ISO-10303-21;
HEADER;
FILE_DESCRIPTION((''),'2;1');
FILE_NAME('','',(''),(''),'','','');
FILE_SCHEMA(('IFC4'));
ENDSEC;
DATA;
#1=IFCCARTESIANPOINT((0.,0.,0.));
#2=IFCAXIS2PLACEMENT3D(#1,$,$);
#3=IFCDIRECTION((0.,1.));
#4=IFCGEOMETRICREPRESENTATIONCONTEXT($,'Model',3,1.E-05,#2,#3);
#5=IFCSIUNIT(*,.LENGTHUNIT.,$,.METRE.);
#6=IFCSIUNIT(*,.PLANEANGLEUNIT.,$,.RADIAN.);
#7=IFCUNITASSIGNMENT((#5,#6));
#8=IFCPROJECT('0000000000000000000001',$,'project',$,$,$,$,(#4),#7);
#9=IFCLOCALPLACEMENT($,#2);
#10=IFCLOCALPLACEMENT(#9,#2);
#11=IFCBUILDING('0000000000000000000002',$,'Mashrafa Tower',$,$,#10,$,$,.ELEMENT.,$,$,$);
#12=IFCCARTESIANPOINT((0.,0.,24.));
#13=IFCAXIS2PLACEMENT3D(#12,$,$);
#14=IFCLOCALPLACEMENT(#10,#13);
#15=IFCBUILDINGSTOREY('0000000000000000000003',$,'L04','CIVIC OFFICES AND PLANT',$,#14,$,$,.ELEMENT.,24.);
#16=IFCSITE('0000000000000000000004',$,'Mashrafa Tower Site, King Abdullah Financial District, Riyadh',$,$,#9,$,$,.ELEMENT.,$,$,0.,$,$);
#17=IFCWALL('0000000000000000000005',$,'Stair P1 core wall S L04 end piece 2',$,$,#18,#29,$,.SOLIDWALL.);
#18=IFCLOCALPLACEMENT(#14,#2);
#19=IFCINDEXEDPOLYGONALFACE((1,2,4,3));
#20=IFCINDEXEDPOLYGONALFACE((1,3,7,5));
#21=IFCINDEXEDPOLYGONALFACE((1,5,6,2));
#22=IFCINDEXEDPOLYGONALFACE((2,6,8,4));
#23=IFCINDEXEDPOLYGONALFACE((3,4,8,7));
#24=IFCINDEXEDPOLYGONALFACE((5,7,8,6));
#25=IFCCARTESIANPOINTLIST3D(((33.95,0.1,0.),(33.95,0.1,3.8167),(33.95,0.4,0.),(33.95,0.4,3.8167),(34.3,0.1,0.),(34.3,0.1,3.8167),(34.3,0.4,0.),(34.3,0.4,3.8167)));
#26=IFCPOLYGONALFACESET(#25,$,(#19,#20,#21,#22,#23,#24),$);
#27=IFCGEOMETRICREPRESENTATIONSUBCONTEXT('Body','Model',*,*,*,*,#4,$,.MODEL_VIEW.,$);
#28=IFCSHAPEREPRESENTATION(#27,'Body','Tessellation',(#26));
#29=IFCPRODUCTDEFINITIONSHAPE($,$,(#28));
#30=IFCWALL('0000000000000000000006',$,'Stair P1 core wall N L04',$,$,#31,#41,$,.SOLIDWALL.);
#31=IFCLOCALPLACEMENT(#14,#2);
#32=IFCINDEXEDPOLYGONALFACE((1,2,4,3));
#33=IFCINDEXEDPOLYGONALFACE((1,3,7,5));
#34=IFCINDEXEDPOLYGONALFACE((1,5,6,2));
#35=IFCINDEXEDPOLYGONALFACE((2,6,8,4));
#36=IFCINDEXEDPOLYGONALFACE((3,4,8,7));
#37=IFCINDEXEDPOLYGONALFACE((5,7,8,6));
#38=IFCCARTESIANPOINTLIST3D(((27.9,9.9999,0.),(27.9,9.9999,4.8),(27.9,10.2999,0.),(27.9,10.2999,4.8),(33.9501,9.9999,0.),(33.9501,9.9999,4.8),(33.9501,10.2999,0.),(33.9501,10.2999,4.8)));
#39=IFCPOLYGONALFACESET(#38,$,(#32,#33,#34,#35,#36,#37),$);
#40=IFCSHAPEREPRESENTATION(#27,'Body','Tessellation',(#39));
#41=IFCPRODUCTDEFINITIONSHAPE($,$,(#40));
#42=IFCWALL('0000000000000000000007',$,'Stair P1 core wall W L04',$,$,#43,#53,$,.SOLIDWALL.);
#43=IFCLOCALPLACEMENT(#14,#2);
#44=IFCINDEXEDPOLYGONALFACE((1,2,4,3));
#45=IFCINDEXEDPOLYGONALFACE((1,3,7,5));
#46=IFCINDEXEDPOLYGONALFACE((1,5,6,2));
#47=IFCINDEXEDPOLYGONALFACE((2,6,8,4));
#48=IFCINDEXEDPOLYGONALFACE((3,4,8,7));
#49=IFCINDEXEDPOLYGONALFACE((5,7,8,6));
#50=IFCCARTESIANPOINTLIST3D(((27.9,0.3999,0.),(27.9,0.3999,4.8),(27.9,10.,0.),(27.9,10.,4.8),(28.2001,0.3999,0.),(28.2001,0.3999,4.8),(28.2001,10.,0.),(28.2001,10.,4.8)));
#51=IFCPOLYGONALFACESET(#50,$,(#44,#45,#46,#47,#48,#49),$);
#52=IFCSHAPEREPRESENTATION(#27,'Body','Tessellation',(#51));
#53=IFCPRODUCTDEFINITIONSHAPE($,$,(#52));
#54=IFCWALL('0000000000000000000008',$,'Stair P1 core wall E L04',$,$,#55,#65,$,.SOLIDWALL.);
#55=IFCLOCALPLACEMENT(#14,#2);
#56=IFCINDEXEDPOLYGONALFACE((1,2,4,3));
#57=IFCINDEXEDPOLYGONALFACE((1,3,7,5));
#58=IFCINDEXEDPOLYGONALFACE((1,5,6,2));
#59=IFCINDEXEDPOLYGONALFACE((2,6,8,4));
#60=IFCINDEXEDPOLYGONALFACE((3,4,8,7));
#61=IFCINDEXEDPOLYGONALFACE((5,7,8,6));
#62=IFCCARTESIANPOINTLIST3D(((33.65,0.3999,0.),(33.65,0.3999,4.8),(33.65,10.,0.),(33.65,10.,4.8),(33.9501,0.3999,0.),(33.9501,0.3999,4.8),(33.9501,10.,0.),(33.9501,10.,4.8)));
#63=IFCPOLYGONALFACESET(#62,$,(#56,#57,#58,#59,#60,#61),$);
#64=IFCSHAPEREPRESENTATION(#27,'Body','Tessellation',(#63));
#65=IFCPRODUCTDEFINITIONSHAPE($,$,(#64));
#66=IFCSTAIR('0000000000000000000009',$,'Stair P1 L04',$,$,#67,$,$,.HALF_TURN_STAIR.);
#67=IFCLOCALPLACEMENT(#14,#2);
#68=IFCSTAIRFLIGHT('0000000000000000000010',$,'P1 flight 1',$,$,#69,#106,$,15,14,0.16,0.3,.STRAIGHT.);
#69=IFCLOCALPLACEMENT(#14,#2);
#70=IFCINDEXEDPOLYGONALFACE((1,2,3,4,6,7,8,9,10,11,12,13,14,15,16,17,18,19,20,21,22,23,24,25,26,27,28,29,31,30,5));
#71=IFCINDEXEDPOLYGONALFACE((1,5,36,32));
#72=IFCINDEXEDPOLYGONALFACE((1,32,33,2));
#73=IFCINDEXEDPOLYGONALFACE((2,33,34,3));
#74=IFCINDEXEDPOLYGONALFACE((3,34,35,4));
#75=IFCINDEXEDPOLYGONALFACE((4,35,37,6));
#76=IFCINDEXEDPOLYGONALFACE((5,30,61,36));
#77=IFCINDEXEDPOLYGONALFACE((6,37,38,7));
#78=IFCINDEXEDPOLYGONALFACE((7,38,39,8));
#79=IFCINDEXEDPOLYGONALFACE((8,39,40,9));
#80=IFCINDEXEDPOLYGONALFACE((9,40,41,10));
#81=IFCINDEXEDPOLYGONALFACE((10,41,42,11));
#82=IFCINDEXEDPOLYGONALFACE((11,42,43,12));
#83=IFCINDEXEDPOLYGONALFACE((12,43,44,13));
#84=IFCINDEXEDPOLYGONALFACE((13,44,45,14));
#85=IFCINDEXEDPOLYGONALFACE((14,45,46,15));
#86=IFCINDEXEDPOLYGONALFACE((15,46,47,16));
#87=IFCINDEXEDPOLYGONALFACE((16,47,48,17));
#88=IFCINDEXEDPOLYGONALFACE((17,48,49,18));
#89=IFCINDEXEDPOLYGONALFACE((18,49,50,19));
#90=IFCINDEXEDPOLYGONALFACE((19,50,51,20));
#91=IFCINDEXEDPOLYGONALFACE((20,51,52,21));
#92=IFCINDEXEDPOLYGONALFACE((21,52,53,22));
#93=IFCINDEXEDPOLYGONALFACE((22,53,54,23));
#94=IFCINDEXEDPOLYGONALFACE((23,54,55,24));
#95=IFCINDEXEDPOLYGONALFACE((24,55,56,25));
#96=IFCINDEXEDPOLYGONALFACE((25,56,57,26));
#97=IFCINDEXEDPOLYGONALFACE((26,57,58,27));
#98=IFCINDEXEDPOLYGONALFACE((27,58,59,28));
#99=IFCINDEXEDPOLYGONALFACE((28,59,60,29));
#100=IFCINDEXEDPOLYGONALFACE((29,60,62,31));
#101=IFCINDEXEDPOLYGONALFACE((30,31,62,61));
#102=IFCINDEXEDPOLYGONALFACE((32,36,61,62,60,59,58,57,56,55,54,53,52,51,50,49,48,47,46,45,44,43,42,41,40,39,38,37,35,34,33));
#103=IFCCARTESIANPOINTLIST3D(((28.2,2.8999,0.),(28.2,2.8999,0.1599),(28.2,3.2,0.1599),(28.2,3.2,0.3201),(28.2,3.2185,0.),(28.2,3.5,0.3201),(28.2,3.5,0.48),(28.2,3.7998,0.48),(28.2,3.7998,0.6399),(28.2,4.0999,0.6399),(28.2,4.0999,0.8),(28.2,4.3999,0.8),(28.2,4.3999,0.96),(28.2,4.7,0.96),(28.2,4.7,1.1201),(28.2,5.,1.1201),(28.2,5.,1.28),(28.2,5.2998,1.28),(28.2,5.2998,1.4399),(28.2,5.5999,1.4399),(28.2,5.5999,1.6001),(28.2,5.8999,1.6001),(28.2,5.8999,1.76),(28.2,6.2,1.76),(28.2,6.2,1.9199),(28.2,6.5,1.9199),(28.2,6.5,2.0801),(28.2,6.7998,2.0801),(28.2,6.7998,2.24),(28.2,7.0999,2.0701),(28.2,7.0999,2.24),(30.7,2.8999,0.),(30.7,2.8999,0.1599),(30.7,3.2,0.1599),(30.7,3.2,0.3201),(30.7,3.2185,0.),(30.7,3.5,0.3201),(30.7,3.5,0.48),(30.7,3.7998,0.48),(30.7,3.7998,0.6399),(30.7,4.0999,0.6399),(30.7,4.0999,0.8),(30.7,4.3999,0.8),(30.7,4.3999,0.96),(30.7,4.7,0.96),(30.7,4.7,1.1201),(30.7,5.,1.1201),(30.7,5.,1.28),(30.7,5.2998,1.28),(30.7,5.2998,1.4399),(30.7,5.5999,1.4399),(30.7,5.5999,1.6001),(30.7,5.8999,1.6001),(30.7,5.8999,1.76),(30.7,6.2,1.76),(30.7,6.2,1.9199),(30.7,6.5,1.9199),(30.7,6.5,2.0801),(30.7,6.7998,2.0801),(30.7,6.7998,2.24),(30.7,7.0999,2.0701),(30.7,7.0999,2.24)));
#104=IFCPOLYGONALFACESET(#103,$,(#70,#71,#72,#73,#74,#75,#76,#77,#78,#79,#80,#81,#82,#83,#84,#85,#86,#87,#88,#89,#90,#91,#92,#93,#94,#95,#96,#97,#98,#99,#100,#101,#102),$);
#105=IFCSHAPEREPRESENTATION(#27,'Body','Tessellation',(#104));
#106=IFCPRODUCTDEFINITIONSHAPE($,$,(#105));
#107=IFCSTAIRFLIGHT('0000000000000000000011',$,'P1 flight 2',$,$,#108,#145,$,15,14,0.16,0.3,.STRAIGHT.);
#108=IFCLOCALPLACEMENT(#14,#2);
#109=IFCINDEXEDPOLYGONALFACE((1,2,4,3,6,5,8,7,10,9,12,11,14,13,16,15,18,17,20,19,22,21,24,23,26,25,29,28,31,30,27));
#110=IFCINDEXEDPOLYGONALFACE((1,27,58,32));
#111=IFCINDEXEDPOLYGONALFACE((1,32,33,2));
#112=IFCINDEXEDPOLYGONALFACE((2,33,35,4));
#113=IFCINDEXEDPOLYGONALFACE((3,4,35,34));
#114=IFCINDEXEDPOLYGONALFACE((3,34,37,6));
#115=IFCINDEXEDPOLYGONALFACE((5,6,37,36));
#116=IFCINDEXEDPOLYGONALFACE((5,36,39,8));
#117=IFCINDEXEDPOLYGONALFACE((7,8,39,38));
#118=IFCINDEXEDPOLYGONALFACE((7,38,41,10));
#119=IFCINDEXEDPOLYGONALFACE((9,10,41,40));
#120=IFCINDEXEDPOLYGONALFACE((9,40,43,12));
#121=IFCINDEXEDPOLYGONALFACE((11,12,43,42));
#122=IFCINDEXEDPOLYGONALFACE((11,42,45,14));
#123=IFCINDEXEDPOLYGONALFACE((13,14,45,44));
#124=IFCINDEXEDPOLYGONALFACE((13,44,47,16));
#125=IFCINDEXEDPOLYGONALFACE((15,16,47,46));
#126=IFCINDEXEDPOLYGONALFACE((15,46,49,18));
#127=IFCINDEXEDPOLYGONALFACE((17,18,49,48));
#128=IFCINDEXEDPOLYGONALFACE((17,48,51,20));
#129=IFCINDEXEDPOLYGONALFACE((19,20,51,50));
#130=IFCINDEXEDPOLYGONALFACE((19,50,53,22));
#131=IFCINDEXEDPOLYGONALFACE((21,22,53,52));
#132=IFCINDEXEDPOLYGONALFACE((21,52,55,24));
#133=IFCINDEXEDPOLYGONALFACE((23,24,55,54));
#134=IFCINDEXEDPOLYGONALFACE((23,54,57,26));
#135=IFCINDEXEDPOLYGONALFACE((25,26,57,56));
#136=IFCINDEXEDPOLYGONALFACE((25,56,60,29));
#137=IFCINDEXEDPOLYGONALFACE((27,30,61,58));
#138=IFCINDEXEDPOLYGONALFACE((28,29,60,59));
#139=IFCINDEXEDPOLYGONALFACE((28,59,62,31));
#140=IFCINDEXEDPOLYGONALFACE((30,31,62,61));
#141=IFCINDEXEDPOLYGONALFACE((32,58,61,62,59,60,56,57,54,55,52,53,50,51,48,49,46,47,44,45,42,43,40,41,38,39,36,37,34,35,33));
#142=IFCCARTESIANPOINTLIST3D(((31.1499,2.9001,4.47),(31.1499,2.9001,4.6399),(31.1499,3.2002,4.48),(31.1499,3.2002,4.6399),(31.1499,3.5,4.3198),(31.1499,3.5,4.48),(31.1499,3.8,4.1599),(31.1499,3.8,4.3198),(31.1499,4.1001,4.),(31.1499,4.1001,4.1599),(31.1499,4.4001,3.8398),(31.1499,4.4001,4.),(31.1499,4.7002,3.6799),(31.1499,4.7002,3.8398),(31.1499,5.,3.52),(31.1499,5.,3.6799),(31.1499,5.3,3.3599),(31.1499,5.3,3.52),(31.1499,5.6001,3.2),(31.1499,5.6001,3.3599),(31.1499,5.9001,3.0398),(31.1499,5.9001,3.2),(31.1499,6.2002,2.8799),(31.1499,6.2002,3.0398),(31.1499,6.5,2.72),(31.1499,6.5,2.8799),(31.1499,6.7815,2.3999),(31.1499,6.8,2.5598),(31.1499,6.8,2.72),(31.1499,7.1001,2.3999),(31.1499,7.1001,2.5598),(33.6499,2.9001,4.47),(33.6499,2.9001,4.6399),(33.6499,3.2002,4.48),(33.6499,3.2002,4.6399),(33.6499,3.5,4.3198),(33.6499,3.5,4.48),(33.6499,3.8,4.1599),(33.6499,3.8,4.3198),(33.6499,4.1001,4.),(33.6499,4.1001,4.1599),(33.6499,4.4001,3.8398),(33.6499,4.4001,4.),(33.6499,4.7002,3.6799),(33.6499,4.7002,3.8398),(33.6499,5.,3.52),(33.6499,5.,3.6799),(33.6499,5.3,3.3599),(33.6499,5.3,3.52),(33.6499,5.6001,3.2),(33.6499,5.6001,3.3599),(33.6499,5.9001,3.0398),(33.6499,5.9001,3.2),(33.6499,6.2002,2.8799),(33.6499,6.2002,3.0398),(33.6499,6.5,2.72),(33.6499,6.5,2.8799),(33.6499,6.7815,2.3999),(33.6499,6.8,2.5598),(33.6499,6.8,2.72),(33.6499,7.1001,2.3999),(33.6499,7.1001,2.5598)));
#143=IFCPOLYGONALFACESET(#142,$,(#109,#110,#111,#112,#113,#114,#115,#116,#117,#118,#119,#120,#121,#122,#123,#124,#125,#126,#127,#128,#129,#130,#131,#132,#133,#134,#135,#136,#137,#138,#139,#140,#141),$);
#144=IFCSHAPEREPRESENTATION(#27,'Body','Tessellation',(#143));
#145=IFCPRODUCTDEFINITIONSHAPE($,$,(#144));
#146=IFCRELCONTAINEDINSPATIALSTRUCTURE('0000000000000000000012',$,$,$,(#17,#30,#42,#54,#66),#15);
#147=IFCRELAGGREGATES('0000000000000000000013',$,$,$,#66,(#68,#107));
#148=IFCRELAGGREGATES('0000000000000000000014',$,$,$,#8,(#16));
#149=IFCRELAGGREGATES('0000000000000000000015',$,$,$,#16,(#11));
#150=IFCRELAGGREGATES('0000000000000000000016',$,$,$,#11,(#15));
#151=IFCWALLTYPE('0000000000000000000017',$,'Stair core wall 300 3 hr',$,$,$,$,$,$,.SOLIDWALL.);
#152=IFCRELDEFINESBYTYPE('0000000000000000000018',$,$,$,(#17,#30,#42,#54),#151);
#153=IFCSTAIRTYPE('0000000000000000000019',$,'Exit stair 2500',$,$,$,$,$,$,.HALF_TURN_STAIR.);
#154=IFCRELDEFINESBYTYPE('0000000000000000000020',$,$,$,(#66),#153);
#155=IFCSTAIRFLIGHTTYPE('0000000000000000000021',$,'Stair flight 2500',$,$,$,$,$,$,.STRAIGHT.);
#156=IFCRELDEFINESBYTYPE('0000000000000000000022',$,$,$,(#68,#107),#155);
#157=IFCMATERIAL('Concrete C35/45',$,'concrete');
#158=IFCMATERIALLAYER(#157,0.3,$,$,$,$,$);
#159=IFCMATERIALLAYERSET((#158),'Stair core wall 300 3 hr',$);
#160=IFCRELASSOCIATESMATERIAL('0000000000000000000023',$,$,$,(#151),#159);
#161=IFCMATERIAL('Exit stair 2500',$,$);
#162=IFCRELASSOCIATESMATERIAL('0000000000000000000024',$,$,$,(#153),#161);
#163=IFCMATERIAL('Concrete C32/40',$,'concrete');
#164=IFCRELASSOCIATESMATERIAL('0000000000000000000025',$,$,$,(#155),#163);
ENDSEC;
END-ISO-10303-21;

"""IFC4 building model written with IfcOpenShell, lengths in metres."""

from ifc_helpers import new_model, si_unit, direction, frame, frame_2d, origin, place, context, subcontext, project, spatial, polyline, rectangle, outline, extrude, material, layer, layer_set, type_object, element, aggregate, save


model = new_model("IFC4")

# Units and contexts
model_context = context("Model", 3, precision=1e-05, world=origin(), true_north=direction((0.0, 1.0)))
body_context = subcontext(model_context, "Body", "Model", "MODEL_VIEW")
ifc_project = project(units=[si_unit("LENGTHUNIT", "METRE"), si_unit("PLANEANGLEUNIT", "RADIAN")], contexts=[model_context])

# Site, building, storey
site_placement = place(None, origin())
site = spatial("IfcSite", under=ifc_project, at=site_placement, Name="Mashrafa Tower Site, King Abdullah Financial District, Riyadh", CompositionType="ELEMENT", RefElevation=0.0)
building_placement = place(site_placement, origin())
building = spatial("IfcBuilding", under=site, at=building_placement, Name="Mashrafa Tower", CompositionType="ELEMENT")
storey_placement = place(building_placement, frame((0.0, 0.0, 24.0)))
storey = spatial("IfcBuildingStorey", under=building, at=storey_placement, Name="L04", Description="CIVIC OFFICES AND PLANT", CompositionType="ELEMENT", Elevation=24.0)

# Shared definitions
ifc_material_1 = material(Name="Concrete C35/45", Category="concrete")
ifc_layer = layer(ifc_material_1, 0.3)
ifc_layer_set = layer_set([ifc_layer], Name="Stair core wall 300 3 hr")
wall_type = type_object("IfcWallType", Name="Stair core wall 300 3 hr", PredefinedType="SOLIDWALL", material=ifc_layer_set)

# Walls
wall_1_placement = place(storey_placement, frame((33.95, 0.25, 0.0), z_axis=(0.0, 0.0, 1.0), x_axis=(1.0, 0.0, 0.0)))
element("IfcWall", 1, at=wall_1_placement, inside=storey, type_object=wall_type, Name="Stair P1 core wall S L04 end piece 2", PredefinedType="SOLIDWALL", context=body_context, shape_type="SweptSolid", body=[
    extrude(rectangle(XDim=0.3501, YDim=0.3, at=frame_2d((0.175, 0.0))), origin(), (0.0, 0.0, 1.0), 3.8167),
])
wall_2_placement = place(storey_placement, frame((33.95, 10.1499, 0.0), z_axis=(0.0, 0.0, 1.0), x_axis=(-1.0, 0.0, 0.0)))
element("IfcWall", 2, at=wall_2_placement, inside=storey, type_object=wall_type, Name="Stair P1 core wall N L04", PredefinedType="SOLIDWALL", context=body_context, shape_type="SweptSolid", body=[
    extrude(rectangle(XDim=6.05, YDim=0.3, at=frame_2d((3.0249, 0.0))), origin(), (0.0, 0.0, 1.0), 4.8),
])
for number, where, z_axis, x_axis, name in (
    (3, (28.05, 10.0, 0.0), (0.0, 0.0, 1.0), (0.0, -1.0, 0.0), "Stair P1 core wall W L04"),
    (4, (33.8, 0.3999, 0.0), (0.0, 0.0, 1.0), (0.0, 1.0, 0.0), "Stair P1 core wall E L04"),
):
    element("IfcWall", number, at=place(storey_placement, frame(where, z_axis=z_axis, x_axis=x_axis)), inside=storey, type_object=wall_type, Name=name, PredefinedType="SOLIDWALL", context=body_context, shape_type="SweptSolid", body=[
        extrude(rectangle(XDim=9.6001, YDim=0.3, at=frame_2d((4.8, 0.0))), origin(), (0.0, 0.0, 1.0), 4.8),
    ])

# Stair, stair flights
ifc_material_2 = material(Name="Exit stair 2500")
stair_type = type_object("IfcStairType", Name="Exit stair 2500", PredefinedType="HALF_TURN_STAIR", material=ifc_material_2)
stair_placement = place(storey_placement, origin())
stair = element("IfcStair", 5, at=stair_placement, inside=storey, type_object=stair_type, Name="Stair P1 L04", PredefinedType="HALF_TURN_STAIR")
ifc_material_3 = material(Name="Concrete C32/40", Category="concrete")
stair_flight_type = type_object("IfcStairFlightType", Name="Stair flight 2500", PredefinedType="STRAIGHT", material=ifc_material_3)
stair_flight_1_placement = place(storey_placement, frame((29.45, 2.8999, 0.0), z_axis=(0.0, 0.0, 1.0), x_axis=(0.0, 1.0, 0.0)))
stair_flight_1 = element("IfcStairFlight", 6, at=stair_flight_1_placement, type_object=stair_flight_type, Name="P1 flight 1", NumberOfRisers=15, NumberOfTreads=14, PredefinedType="STRAIGHT", RiserHeight=0.16, TreadLength=0.3, context=body_context, shape_type="SweptSolid", body=[
    extrude(outline(polyline([(0.0, 0.0), (0.0, 0.1599), (0.3, 0.1599), (0.3, 0.3201), (0.6001, 0.3201), (0.6001, 0.48), (0.8999, 0.48), (0.8999, 0.6399), (1.2, 0.6399), (1.2, 0.8), (1.5, 0.8), (1.5, 0.96), (1.8, 0.96), (1.8, 1.1201), (2.1001, 1.1201), (2.1001, 1.28), (2.3999, 1.28), (2.3999, 1.4399), (2.7, 1.4399), (2.7, 1.6001), (3.0, 1.6001), (3.0, 1.76), (3.3, 1.76), (3.3, 1.9199), (3.6001, 1.9199), (3.6001, 2.0801), (3.8999, 2.0801), (3.8999, 2.24), (4.2, 2.24), (4.2, 2.3999), (4.2, 2.0701), (0.3186, 0.0), (0.0, 0.0)])), frame((0.0, 1.25, 0.0), z_axis=(0.0, -1.0, 0.0), x_axis=(1.0, 0.0, 0.0)), (0.0, 0.0, 1.0), 2.5),
])
stair_flight_2_placement = place(storey_placement, frame((32.3999, 7.1001, 2.3999), z_axis=(0.0, 0.0, 1.0), x_axis=(0.0, -1.0, 0.0)))
stair_flight_2 = element("IfcStairFlight", 7, at=stair_flight_2_placement, type_object=stair_flight_type, Name="P1 flight 2", NumberOfRisers=15, NumberOfTreads=14, PredefinedType="STRAIGHT", RiserHeight=0.16, TreadLength=0.3, context=body_context, shape_type="SweptSolid", body=[
    extrude(outline(polyline([(0.0, 0.0), (0.0, 0.1599), (0.3, 0.1599), (0.3, 0.3201), (0.6001, 0.3201), (0.6001, 0.48), (0.8999, 0.48), (0.8999, 0.6399), (1.2, 0.6399), (1.2, 0.8), (1.5, 0.8), (1.5, 0.96), (1.8, 0.96), (1.8, 1.1201), (2.1001, 1.1201), (2.1001, 1.28), (2.3999, 1.28), (2.3999, 1.4399), (2.7, 1.4399), (2.7, 1.6001), (3.0, 1.6001), (3.0, 1.76), (3.3, 1.76), (3.3, 1.9199), (3.6001, 1.9199), (3.6001, 2.0801), (3.8999, 2.0801), (3.8999, 2.24), (4.2, 2.24), (4.2, 2.3999), (4.2, 2.0701), (0.3186, 0.0), (0.0, 0.0)])), frame((0.0, 1.25, 0.0), z_axis=(0.0, -1.0, 0.0), x_axis=(1.0, 0.0, 0.0)), (0.0, 0.0, 1.0), 2.5),
])
aggregate(stair, [stair_flight_1, stair_flight_2])

save(model, "model.ifc")
